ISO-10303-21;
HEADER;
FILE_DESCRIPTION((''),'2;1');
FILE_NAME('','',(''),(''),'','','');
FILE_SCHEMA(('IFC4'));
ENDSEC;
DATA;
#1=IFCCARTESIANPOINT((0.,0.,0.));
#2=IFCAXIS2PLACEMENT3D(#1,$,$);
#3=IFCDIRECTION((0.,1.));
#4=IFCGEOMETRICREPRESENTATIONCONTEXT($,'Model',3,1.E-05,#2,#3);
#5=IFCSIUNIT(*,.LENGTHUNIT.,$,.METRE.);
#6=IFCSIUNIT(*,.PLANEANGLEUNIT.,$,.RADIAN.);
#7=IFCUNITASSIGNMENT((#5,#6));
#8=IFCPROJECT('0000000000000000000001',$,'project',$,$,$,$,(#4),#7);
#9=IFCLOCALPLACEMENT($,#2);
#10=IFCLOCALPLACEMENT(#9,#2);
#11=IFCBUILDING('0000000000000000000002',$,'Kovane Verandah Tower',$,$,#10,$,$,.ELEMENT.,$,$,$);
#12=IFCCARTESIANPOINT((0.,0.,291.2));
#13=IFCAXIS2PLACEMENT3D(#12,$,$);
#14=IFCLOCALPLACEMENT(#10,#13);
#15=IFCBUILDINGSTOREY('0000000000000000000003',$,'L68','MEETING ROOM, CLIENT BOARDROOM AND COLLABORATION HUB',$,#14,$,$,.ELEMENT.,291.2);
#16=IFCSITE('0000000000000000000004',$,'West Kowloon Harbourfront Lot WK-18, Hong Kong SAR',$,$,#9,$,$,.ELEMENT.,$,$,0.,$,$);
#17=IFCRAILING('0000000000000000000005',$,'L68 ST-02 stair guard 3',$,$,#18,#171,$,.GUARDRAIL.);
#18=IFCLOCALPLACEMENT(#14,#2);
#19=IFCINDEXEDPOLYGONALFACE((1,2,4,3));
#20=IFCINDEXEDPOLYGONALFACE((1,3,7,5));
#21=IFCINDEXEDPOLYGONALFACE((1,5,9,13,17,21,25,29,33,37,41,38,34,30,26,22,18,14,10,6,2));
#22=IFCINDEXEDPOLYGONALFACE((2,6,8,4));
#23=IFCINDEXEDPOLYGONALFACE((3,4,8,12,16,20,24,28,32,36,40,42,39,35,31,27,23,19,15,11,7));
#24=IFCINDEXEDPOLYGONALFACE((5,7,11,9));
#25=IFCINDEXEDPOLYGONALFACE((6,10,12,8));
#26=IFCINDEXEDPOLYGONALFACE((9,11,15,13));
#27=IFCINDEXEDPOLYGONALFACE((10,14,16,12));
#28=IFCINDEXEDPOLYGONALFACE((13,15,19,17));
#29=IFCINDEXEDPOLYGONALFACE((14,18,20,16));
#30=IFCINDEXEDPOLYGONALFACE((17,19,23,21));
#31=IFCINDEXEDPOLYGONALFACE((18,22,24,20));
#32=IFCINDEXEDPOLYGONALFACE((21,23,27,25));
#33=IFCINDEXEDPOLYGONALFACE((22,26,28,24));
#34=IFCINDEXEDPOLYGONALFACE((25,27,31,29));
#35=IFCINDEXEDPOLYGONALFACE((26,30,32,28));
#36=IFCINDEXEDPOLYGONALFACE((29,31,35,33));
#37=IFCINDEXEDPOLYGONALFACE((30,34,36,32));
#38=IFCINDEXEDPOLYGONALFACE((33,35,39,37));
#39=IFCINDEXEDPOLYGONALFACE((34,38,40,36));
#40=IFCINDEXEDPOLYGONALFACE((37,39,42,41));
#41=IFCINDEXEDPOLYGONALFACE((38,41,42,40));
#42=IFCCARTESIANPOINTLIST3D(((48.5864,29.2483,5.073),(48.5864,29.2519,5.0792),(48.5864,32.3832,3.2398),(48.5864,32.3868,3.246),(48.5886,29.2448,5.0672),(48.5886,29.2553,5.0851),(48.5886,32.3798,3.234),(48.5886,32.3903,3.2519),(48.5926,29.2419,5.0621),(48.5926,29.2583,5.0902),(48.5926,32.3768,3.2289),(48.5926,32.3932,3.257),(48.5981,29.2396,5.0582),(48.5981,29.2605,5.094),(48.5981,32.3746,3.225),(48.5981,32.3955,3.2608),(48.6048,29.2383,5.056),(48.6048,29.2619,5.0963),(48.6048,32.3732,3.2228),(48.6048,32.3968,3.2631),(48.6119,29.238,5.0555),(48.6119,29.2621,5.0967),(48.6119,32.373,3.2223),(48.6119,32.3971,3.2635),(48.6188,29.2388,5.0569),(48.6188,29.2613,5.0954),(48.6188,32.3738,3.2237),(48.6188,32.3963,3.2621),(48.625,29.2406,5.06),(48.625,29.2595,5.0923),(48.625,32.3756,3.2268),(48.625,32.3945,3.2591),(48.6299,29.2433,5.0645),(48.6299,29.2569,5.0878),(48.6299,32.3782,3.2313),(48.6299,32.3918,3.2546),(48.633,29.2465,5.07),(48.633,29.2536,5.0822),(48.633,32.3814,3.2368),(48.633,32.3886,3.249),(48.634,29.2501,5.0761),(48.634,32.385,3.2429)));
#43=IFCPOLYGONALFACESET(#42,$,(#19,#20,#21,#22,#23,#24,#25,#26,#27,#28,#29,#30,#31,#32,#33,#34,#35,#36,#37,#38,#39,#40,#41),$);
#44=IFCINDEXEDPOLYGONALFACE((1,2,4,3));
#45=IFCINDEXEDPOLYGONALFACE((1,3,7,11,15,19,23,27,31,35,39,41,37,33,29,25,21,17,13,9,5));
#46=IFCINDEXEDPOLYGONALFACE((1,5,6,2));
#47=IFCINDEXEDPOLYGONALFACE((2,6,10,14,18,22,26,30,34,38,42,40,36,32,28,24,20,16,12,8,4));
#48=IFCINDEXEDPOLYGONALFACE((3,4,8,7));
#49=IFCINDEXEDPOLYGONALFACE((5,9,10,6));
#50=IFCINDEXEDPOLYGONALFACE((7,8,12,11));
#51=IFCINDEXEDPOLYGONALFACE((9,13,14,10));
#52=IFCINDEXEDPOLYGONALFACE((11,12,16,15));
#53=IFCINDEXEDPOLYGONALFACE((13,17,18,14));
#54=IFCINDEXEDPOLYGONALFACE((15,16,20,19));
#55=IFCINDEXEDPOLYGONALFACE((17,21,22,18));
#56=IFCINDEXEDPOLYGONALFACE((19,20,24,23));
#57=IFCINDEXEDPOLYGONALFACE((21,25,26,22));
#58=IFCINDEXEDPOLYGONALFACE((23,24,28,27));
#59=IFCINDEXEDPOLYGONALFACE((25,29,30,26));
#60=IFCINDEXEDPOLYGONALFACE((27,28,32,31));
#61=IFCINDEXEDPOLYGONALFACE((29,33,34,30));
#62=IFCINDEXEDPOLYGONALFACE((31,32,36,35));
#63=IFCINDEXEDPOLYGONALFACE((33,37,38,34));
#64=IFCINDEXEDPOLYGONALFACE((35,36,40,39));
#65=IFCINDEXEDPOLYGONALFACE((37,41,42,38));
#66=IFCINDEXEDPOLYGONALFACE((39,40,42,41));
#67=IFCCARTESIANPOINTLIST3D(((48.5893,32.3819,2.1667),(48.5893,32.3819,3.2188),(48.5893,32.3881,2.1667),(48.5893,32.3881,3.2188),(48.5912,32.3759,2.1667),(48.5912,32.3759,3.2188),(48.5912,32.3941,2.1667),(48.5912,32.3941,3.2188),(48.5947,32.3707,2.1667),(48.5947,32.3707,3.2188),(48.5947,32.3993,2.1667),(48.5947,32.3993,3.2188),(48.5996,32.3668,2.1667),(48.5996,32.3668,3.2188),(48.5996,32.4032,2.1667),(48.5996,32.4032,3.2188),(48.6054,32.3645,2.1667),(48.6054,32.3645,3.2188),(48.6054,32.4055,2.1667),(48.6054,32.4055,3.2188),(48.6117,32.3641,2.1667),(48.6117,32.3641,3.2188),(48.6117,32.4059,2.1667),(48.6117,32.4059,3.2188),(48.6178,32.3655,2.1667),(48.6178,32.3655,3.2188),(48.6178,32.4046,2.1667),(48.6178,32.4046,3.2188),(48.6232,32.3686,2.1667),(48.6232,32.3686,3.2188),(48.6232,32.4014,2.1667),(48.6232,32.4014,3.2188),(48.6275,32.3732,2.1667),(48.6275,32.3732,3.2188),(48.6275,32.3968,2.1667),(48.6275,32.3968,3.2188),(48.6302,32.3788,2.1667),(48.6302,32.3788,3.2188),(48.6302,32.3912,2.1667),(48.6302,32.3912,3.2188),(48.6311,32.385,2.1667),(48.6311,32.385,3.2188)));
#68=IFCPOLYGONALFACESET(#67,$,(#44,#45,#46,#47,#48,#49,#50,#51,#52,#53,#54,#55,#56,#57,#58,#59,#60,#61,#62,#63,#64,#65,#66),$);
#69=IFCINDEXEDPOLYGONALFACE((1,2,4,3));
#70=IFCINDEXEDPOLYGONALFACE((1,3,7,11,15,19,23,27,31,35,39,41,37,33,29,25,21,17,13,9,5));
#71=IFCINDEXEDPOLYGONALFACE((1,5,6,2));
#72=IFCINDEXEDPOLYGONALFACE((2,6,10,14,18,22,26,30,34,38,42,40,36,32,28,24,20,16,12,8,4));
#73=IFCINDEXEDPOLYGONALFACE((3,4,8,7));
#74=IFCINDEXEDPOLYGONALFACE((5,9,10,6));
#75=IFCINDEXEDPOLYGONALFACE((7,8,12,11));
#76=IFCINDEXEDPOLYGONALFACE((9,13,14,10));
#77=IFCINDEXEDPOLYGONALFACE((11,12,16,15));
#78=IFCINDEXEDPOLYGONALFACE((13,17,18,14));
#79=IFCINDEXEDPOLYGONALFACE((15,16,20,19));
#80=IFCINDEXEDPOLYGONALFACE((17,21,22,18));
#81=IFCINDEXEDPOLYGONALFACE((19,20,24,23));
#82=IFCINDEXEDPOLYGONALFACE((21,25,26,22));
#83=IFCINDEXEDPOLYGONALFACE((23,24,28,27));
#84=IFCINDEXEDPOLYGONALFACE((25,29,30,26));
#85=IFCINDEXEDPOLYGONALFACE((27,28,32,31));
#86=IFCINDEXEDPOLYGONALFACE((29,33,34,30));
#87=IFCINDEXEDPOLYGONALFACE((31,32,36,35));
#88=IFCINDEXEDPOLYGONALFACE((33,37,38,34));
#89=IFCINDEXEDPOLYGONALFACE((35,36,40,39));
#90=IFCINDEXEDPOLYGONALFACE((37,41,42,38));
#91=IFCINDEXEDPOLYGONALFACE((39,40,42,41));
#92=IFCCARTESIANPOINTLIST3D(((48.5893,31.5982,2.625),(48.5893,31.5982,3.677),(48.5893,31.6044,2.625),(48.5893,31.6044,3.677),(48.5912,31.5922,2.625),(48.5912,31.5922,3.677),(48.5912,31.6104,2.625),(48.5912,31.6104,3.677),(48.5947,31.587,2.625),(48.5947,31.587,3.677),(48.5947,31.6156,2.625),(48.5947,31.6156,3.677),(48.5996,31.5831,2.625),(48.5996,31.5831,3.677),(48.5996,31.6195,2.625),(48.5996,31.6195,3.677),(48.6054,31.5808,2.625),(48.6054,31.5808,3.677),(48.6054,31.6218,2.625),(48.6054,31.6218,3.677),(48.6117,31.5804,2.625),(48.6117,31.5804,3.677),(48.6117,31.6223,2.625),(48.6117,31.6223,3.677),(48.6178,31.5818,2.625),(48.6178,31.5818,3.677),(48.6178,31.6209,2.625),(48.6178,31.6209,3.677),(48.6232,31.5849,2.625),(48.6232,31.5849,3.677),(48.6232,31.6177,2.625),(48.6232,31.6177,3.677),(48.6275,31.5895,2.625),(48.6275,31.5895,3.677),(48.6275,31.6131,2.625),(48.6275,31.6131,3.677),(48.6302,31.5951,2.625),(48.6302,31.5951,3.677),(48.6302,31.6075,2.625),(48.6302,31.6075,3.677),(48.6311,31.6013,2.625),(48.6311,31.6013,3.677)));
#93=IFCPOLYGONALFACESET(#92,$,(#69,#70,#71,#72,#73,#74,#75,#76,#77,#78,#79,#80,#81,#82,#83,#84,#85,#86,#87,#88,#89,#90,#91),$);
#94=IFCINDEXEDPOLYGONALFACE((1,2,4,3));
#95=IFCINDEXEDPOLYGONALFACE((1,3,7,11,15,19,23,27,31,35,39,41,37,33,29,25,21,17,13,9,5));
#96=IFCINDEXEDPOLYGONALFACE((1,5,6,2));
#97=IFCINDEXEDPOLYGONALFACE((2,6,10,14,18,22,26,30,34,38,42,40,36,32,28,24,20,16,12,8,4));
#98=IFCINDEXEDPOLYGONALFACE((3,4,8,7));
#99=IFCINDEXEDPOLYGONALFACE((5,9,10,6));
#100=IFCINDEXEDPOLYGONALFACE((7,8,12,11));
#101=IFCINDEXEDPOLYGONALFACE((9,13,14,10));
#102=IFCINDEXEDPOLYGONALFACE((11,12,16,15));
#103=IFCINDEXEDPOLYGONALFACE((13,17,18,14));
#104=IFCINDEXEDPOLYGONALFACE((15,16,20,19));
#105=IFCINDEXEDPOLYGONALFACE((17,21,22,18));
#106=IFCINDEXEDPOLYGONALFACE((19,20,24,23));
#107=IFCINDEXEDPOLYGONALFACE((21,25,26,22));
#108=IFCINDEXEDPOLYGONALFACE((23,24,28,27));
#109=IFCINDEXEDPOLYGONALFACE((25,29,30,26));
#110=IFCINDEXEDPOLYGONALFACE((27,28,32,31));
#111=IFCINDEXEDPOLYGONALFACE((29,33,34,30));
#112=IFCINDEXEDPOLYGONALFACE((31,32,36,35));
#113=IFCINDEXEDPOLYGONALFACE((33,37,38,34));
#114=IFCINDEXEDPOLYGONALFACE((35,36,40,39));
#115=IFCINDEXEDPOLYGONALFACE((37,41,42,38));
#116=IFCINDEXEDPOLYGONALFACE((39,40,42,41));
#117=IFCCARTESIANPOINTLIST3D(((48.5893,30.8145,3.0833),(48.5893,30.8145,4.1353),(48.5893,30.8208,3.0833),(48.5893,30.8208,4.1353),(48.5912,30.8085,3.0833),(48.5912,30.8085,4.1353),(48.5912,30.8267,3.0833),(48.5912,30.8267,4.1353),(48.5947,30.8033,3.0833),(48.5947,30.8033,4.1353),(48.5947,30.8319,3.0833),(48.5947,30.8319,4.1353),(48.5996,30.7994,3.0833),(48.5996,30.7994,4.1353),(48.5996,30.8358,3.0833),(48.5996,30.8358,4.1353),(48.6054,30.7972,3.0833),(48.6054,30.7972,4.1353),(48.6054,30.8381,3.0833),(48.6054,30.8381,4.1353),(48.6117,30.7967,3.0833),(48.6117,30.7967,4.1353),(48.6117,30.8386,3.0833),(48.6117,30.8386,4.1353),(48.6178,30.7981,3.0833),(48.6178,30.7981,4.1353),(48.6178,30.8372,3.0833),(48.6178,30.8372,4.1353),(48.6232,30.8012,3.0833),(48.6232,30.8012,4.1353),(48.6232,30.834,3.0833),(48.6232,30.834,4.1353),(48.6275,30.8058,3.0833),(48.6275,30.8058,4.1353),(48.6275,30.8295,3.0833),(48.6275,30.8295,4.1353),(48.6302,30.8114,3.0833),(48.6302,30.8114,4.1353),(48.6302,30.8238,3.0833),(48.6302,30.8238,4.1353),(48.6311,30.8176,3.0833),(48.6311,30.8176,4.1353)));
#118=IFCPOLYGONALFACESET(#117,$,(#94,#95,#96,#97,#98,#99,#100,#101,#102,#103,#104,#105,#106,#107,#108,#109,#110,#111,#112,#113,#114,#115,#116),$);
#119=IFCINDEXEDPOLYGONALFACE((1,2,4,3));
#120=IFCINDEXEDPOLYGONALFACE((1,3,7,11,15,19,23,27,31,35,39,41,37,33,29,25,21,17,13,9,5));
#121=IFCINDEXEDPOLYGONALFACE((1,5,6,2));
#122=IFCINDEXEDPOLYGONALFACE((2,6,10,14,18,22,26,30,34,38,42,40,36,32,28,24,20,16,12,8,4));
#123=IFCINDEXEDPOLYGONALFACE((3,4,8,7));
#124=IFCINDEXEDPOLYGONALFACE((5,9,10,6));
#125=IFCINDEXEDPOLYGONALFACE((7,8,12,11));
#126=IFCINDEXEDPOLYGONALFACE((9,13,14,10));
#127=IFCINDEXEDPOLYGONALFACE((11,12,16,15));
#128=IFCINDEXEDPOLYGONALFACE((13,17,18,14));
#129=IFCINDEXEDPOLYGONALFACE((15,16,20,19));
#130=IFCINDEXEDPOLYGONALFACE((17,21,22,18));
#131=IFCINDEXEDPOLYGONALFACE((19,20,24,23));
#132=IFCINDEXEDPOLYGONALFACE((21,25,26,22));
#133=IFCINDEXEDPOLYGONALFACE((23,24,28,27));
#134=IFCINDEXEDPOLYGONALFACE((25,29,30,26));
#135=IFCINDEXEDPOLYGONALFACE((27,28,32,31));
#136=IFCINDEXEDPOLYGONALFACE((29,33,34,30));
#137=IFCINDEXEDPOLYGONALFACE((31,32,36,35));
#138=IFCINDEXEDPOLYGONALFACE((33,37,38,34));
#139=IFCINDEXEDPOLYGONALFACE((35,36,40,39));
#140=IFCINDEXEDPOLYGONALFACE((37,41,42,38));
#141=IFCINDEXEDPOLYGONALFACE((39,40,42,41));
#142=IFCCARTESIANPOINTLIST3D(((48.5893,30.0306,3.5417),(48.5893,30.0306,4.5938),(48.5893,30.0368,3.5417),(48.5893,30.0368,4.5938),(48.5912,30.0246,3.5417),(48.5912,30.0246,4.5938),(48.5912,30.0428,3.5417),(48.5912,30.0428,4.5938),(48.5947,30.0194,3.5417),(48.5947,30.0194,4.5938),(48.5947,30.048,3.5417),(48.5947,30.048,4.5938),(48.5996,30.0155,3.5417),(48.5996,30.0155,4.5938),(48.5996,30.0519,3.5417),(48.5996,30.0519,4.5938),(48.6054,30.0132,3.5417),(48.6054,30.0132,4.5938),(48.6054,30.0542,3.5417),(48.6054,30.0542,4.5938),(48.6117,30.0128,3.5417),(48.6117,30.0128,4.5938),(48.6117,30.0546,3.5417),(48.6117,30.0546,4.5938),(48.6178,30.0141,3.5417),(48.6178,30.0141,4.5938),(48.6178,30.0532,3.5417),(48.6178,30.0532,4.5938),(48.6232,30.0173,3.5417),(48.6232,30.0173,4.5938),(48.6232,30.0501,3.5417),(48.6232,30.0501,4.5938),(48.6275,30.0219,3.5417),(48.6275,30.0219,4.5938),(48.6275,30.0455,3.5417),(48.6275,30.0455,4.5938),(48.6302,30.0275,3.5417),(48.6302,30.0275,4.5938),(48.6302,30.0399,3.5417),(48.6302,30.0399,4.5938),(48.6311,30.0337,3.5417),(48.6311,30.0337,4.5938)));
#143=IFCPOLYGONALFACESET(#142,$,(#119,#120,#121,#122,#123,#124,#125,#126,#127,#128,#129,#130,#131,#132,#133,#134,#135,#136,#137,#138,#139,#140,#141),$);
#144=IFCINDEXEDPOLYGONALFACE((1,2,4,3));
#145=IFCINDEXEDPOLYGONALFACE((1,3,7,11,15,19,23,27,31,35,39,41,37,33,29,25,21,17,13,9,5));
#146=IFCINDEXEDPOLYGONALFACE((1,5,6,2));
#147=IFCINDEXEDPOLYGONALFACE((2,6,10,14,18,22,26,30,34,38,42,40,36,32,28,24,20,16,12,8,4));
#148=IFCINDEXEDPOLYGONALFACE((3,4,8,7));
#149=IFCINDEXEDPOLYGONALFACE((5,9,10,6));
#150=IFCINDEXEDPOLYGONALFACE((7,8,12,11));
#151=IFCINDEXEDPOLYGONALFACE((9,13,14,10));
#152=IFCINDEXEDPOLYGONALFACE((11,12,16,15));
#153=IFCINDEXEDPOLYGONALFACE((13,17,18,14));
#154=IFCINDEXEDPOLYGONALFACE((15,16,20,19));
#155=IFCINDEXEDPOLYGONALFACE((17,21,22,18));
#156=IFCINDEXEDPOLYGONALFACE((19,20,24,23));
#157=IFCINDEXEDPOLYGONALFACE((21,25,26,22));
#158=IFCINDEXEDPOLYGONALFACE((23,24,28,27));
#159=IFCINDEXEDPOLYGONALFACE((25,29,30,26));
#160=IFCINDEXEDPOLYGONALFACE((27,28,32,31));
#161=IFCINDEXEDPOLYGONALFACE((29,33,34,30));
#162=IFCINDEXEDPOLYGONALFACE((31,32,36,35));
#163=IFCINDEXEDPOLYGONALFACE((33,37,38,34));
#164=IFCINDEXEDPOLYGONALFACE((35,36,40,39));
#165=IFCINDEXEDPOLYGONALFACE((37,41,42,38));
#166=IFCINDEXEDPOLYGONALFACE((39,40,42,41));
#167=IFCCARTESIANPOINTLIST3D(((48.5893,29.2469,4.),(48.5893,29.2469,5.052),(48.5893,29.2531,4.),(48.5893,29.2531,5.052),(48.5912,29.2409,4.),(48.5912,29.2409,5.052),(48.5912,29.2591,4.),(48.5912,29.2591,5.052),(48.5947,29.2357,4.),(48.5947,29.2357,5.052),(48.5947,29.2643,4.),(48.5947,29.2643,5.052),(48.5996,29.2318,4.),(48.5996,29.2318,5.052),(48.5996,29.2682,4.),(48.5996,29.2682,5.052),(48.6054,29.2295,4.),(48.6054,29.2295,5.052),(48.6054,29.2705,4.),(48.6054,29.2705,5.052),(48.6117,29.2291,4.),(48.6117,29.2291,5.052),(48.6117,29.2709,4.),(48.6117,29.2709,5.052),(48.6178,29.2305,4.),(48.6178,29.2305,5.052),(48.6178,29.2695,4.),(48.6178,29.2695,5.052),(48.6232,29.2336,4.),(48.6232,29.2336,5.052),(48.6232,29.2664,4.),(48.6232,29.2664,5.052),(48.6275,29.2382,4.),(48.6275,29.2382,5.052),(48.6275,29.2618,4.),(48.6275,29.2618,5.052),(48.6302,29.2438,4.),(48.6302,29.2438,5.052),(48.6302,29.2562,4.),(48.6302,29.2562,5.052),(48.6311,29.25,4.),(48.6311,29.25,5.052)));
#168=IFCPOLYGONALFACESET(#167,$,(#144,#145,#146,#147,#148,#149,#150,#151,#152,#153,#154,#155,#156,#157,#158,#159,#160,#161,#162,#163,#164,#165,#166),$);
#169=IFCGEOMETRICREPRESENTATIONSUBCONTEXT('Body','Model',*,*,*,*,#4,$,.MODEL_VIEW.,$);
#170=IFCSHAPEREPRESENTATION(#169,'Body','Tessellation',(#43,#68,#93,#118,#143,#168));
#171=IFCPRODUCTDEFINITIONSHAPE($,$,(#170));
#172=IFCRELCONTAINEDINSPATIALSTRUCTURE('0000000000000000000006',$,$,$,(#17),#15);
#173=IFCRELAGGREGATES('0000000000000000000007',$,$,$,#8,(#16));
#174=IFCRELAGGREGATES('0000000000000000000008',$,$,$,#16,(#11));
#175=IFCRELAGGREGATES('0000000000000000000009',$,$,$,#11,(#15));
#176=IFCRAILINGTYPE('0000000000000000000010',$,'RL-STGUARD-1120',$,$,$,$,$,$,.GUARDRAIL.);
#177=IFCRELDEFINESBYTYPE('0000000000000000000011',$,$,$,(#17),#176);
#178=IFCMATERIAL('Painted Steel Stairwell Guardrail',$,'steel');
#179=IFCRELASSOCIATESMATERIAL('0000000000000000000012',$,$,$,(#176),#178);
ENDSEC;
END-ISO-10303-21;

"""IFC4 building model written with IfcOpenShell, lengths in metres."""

from ifc_helpers import new_model, si_unit, direction, frame, origin, origin_2d, place, context, subcontext, project, spatial, circle, extrude, material, type_object, element, save


model = new_model("IFC4")

# Units and contexts
model_context = context("Model", 3, precision=1e-05, world=origin(), true_north=direction((0.0, 1.0)))
body_context = subcontext(model_context, "Body", "Model", "MODEL_VIEW")
ifc_project = project(units=[si_unit("LENGTHUNIT", "METRE"), si_unit("PLANEANGLEUNIT", "RADIAN")], contexts=[model_context])

# Site, building, storey
site_placement = place(None, origin())
site = spatial("IfcSite", under=ifc_project, at=site_placement, Name="West Kowloon Harbourfront Lot WK-18, Hong Kong SAR", CompositionType="ELEMENT", RefElevation=0.0)
building_placement = place(site_placement, origin())
building = spatial("IfcBuilding", under=site, at=building_placement, Name="Kovane Verandah Tower", CompositionType="ELEMENT")
storey_placement = place(building_placement, frame((0.0, 0.0, 291.2)))
storey = spatial("IfcBuildingStorey", under=building, at=storey_placement, Name="L68", Description="MEETING ROOM, CLIENT BOARDROOM AND COLLABORATION HUB", CompositionType="ELEMENT", Elevation=291.2)

# Railing
ifc_material_1 = material(Name="Painted Steel Stairwell Guardrail", Category="steel")
railing_type_1 = type_object("IfcRailingType", Name="RL-STGUARD-1120", PredefinedType="GUARDRAIL", material=ifc_material_1)
railing_1_placement = place(storey_placement, frame((48.6101, 32.385, 2.1667)))
element("IfcRailing", 1, at=railing_1_placement, inside=storey, type_object=railing_type_1, Name="L68 ST-02 stair guard 3", PredefinedType="GUARDRAIL", context=body_context, shape_type="SweptSolid", body=[
    extrude(circle(Radius=0.0239, at=origin_2d()), frame((0.0, 0.0, 1.0762), z_axis=(0.0, -0.86324, 0.504794), x_axis=(1.0, 0.0, 0.0)), (0.0, 0.0, 1.0), 3.6316),
    extrude(circle(Radius=0.021, at=origin_2d()), origin(), (0.0, 0.0, 1.0), 1.052),
    extrude(circle(Radius=0.021, at=origin_2d()), frame((0.0, -0.7837, 0.4583)), (0.0, 0.0, 1.0), 1.052),
    extrude(circle(Radius=0.021, at=origin_2d()), frame((0.0, -1.5674, 0.9165)), (0.0, 0.0, 1.0), 1.052),
    extrude(circle(Radius=0.021, at=origin_2d()), frame((0.0, -2.3513, 1.375)), (0.0, 0.0, 1.0), 1.052),
    extrude(circle(Radius=0.021, at=origin_2d()), frame((0.0, -3.135, 1.8333)), (0.0, 0.0, 1.0), 1.052),
])

save(model, "model.ifc")
